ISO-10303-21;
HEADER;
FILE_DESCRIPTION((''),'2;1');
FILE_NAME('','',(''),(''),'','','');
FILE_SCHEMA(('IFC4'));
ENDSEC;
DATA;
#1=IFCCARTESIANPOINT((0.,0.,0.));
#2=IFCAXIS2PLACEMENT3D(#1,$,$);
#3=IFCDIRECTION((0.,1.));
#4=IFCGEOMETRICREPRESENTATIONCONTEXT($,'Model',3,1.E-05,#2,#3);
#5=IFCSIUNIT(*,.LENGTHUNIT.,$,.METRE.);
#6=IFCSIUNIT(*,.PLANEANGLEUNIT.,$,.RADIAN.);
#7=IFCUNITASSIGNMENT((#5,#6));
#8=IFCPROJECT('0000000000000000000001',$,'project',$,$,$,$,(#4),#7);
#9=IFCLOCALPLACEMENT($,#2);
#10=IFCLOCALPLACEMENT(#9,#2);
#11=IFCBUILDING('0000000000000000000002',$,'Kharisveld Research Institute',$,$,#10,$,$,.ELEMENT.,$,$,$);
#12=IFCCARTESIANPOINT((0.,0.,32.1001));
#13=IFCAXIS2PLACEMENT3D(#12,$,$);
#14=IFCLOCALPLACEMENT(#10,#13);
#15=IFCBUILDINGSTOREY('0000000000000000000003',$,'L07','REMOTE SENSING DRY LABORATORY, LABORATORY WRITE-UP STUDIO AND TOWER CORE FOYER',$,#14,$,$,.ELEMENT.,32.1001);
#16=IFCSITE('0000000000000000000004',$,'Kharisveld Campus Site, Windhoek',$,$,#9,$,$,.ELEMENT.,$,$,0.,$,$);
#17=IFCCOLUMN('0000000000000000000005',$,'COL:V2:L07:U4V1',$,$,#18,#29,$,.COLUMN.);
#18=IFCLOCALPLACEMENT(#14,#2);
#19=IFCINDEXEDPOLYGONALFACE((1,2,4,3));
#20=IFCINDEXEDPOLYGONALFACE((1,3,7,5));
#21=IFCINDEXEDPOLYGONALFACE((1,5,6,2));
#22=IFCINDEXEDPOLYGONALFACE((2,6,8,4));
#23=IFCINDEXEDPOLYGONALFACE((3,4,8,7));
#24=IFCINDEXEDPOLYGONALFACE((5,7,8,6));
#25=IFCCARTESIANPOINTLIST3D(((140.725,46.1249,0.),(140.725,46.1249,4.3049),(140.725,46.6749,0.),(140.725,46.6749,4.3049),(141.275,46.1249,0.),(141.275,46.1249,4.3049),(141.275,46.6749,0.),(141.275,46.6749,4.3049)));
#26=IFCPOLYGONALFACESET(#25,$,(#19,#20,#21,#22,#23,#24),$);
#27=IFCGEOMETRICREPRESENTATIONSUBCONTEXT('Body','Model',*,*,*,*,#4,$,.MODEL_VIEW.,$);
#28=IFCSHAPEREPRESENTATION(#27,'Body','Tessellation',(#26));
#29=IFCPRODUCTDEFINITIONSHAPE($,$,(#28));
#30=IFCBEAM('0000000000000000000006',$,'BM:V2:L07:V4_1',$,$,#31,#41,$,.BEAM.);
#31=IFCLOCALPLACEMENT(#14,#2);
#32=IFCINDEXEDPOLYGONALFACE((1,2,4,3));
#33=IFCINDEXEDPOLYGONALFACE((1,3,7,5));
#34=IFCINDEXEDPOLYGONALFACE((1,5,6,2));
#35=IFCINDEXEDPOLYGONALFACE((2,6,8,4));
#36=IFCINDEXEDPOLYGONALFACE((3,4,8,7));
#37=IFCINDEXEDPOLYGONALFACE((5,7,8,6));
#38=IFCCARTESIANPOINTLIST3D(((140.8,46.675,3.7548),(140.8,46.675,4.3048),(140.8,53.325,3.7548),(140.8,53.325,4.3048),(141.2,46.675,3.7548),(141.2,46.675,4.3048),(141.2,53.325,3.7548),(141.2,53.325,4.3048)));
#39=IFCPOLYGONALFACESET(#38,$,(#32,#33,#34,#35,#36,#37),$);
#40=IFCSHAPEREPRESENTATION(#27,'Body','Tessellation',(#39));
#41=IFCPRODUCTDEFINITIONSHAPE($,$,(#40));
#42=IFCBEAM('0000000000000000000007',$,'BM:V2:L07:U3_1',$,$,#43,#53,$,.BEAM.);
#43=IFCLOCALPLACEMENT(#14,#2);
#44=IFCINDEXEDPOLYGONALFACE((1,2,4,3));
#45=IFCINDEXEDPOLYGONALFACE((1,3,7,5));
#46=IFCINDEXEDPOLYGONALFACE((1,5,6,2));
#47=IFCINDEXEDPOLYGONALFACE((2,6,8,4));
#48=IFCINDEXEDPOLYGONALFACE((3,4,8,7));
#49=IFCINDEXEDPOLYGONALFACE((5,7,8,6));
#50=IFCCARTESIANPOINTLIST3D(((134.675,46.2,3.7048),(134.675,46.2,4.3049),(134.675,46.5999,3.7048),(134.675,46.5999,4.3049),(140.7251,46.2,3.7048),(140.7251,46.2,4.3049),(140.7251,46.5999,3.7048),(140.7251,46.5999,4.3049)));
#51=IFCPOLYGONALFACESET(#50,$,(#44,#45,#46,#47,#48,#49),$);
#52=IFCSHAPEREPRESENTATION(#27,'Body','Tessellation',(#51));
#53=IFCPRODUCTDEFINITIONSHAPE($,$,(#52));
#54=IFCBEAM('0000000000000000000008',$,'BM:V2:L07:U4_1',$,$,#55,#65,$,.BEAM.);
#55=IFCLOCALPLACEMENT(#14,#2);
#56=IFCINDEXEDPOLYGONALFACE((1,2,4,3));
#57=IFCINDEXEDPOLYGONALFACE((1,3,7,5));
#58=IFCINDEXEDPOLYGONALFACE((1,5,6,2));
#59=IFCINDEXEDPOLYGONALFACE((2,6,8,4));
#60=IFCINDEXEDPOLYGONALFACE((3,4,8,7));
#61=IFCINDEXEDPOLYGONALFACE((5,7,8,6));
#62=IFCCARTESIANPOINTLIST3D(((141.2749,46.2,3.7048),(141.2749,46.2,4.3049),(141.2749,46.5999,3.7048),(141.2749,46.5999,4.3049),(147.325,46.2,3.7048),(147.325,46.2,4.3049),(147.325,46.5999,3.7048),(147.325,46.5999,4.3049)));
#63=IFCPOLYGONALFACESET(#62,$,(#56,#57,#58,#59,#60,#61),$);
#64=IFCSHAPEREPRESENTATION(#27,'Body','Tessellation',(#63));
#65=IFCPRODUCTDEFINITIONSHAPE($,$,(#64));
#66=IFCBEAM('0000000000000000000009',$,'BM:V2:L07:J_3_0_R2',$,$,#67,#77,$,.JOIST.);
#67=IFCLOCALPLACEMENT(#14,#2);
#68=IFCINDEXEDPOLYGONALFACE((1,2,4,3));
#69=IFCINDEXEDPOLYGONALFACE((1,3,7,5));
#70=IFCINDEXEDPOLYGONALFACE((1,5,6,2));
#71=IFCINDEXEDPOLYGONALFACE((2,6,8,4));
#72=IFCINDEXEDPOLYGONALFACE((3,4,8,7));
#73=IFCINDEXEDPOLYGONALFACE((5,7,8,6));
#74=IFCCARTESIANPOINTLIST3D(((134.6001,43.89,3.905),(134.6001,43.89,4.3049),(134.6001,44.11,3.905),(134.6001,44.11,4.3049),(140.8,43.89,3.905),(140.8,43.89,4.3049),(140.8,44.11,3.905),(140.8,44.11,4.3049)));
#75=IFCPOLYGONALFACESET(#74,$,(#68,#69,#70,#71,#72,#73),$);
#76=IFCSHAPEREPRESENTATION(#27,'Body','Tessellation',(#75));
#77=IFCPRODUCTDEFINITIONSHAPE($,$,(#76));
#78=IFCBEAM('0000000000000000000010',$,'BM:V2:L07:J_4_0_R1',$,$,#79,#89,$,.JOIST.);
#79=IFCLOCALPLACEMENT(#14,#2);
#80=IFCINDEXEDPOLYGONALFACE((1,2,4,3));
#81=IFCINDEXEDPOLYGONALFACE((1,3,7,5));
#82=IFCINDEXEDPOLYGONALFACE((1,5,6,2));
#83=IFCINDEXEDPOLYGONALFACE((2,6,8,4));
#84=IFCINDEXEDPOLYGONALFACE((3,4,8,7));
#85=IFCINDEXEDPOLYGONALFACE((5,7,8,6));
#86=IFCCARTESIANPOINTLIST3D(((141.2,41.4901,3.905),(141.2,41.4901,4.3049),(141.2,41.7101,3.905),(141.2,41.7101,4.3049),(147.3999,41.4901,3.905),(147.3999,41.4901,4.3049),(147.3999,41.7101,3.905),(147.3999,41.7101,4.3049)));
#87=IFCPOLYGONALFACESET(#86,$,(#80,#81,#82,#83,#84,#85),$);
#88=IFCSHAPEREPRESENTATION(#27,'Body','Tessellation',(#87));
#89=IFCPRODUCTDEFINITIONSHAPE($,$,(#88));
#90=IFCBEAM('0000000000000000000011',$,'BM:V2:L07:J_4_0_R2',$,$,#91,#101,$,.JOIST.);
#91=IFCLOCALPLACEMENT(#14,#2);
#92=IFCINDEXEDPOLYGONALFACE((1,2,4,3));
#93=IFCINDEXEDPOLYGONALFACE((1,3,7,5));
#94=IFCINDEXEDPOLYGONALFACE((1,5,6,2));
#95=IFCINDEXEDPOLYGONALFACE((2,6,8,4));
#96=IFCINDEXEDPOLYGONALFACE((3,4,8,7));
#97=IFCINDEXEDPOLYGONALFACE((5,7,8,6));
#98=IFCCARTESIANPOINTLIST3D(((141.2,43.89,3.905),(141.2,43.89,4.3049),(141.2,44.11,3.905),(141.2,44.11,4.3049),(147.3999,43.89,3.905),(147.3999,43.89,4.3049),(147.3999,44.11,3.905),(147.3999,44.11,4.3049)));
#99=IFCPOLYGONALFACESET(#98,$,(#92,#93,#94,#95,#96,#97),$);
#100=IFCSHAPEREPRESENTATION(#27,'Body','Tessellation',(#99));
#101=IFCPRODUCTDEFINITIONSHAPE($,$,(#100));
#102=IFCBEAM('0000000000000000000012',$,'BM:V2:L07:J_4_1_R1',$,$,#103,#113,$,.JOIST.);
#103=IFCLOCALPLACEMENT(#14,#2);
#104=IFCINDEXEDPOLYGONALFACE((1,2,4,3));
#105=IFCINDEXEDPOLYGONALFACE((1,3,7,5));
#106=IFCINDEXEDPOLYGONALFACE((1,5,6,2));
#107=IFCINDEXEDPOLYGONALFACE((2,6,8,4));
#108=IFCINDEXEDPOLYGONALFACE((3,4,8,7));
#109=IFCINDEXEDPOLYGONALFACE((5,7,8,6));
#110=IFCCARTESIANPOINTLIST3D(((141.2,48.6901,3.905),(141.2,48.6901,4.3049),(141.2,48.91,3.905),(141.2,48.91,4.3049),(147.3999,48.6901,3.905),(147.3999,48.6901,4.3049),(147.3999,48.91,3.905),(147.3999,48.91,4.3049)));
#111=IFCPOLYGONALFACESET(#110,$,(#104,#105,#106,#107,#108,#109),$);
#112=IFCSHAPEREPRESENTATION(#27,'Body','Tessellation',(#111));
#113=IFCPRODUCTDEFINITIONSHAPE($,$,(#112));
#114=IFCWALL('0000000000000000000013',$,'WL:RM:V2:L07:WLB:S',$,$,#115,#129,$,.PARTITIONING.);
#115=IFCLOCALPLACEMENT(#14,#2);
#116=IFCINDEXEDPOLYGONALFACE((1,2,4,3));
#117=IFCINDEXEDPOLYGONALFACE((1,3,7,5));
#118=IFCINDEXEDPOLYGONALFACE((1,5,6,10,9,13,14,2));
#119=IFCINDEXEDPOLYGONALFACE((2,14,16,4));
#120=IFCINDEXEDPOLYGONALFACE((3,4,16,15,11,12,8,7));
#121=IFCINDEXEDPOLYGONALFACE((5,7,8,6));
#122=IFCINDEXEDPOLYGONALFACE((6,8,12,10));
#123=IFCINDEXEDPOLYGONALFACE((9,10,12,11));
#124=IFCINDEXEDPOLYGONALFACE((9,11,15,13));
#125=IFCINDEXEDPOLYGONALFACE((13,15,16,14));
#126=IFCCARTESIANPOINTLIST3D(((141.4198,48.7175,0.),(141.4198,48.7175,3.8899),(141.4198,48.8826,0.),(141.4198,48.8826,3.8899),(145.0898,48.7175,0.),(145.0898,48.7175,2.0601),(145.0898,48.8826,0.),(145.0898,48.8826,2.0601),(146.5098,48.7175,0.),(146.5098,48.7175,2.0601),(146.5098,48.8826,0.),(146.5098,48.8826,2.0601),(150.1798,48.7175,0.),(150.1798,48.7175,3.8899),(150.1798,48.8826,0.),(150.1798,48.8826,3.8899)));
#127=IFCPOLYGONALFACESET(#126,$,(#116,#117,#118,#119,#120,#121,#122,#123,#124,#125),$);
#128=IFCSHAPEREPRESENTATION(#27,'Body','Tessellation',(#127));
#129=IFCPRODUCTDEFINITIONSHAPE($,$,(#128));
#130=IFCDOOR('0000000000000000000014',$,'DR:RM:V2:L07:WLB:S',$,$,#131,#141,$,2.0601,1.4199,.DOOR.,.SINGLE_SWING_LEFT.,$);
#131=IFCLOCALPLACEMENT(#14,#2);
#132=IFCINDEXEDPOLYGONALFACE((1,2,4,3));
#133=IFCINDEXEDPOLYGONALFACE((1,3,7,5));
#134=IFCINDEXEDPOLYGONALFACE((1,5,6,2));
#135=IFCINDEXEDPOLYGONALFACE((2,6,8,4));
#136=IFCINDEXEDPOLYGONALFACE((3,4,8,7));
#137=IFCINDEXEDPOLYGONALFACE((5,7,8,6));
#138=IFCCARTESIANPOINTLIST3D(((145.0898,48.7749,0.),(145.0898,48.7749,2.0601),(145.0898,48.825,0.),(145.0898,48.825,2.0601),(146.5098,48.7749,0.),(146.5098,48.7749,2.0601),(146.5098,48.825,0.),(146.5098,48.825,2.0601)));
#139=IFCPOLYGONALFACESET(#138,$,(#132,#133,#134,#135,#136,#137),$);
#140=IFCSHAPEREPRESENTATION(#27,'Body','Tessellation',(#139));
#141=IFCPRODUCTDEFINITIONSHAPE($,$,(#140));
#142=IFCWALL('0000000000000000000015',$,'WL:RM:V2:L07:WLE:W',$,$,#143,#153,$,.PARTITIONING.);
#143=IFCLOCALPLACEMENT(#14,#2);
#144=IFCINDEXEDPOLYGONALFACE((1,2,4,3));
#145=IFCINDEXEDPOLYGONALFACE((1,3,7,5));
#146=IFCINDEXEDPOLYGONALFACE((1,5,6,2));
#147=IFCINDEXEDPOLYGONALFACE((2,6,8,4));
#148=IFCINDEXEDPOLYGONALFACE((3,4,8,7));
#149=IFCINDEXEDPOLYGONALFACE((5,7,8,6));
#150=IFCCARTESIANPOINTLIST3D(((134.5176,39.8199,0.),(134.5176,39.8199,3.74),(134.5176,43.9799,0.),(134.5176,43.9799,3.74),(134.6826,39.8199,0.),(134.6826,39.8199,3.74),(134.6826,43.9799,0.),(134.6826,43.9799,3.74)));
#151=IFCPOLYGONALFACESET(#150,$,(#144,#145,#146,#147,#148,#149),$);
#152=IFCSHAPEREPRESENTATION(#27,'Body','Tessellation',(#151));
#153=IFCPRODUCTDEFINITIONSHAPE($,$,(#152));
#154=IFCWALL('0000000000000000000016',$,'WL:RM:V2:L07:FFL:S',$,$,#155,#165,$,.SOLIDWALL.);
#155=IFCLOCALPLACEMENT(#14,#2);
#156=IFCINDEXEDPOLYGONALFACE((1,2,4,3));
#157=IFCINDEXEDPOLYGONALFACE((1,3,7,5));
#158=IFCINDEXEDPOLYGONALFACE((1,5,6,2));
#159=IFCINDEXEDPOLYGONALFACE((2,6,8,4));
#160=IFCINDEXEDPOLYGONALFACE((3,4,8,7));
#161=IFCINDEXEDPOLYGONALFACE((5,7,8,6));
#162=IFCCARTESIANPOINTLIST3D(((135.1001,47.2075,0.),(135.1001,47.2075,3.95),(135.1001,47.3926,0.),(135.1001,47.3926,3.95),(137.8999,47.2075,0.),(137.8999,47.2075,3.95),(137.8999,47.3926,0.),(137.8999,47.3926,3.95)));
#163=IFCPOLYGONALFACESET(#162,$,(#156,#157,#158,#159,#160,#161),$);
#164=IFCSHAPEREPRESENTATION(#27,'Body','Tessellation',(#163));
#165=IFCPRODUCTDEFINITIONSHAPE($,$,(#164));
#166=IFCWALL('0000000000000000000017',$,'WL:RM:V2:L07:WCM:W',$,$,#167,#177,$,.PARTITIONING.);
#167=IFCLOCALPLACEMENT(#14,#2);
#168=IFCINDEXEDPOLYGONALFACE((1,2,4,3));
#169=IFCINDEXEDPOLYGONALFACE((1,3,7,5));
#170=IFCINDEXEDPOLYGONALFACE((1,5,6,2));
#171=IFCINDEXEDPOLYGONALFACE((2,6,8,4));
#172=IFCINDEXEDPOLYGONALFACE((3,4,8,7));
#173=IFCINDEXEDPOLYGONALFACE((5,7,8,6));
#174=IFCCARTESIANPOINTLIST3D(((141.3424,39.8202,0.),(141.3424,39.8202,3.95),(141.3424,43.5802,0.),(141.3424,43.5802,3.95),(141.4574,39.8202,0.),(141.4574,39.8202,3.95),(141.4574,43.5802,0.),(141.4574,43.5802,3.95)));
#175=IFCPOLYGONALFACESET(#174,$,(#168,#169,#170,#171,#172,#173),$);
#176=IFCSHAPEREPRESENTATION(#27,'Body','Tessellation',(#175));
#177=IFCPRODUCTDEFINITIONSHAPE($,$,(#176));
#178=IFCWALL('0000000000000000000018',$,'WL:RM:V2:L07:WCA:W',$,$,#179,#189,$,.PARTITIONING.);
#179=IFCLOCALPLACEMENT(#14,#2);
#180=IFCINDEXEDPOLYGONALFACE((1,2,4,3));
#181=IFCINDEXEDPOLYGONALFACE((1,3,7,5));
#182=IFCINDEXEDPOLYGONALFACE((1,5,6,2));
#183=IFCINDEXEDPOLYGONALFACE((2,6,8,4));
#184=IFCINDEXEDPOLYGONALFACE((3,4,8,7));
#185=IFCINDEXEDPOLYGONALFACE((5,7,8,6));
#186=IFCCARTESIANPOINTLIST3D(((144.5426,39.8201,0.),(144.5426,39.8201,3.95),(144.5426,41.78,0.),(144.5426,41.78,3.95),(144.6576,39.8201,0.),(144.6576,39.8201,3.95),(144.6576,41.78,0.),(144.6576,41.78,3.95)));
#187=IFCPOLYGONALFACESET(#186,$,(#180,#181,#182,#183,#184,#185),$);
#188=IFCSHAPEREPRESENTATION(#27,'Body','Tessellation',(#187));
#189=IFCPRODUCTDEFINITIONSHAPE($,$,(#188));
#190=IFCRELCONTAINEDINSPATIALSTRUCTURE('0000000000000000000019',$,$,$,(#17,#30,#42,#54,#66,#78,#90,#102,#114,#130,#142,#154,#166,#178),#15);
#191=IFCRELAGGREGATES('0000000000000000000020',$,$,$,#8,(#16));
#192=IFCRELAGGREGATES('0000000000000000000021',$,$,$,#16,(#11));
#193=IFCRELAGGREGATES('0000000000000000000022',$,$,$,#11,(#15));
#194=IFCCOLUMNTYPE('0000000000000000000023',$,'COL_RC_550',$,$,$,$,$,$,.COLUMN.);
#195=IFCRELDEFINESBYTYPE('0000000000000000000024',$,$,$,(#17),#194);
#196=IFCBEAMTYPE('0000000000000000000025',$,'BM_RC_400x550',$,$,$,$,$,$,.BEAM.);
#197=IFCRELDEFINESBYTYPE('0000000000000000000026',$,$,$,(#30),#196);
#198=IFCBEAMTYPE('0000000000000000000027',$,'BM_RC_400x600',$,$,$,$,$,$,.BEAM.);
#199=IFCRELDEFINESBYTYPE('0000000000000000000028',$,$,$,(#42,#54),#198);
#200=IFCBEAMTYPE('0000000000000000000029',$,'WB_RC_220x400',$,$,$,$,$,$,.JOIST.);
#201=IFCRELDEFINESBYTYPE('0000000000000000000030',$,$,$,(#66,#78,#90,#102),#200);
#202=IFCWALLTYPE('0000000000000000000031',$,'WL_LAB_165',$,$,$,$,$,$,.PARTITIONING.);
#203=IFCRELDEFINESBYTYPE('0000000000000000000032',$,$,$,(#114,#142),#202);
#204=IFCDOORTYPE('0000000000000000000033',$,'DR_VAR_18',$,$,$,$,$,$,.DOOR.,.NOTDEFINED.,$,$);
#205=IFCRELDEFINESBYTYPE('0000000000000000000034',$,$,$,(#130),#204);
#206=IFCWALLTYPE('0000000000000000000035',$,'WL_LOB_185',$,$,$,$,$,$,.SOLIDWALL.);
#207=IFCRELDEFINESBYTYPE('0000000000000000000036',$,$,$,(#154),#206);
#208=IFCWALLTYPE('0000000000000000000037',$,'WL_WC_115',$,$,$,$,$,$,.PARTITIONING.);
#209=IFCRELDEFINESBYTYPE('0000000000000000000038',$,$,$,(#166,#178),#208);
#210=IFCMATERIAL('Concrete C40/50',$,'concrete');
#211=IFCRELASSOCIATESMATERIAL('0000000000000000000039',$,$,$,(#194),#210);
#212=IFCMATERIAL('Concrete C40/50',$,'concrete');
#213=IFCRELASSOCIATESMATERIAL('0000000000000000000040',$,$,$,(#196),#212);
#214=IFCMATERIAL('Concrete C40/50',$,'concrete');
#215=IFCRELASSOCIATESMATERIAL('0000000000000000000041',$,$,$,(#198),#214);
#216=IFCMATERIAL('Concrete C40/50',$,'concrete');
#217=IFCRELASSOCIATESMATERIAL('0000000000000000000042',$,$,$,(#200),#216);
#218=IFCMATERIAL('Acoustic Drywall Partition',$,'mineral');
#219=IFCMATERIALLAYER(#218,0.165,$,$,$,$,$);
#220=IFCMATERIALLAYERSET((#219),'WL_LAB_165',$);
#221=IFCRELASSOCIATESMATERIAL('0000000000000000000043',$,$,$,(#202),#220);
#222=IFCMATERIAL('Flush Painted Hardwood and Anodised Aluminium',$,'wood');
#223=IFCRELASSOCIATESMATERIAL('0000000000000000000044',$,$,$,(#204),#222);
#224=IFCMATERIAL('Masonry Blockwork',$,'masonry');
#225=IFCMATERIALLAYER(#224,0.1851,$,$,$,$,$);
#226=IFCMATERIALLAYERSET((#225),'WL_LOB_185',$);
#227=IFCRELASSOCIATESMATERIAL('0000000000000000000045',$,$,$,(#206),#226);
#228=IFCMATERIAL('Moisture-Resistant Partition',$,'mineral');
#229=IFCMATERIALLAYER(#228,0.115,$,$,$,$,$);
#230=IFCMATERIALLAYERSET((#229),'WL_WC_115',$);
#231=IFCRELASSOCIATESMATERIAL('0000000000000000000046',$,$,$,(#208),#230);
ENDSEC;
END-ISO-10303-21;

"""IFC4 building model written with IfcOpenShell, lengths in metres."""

from ifc_helpers import new_model, si_unit, direction, frame, frame_2d, origin, origin_2d, place, context, subcontext, project, spatial, rectangle, extrude, material, layer, layer_set, material_profile, profile_set, type_object, element, fill, save


model = new_model("IFC4")

# Units and contexts
model_context = context("Model", 3, precision=1e-05, world=origin(), true_north=direction((0.0, 1.0)))
body_context = subcontext(model_context, "Body", "Model", "MODEL_VIEW")
ifc_project = project(units=[si_unit("LENGTHUNIT", "METRE"), si_unit("PLANEANGLEUNIT", "RADIAN")], contexts=[model_context])

# Site, building, storey
site_placement = place(None, origin())
site = spatial("IfcSite", under=ifc_project, at=site_placement, Name="Kharisveld Campus Site, Windhoek", CompositionType="ELEMENT", RefElevation=0.0)
building_placement = place(site_placement, origin())
building = spatial("IfcBuilding", under=site, at=building_placement, Name="Kharisveld Research Institute", CompositionType="ELEMENT")
storey_placement = place(building_placement, frame((0.0, 0.0, 32.1001)))
storey = spatial("IfcBuildingStorey", under=building, at=storey_placement, Name="L07", Description="REMOTE SENSING DRY LABORATORY, LABORATORY WRITE-UP STUDIO AND TOWER CORE FOYER", CompositionType="ELEMENT", Elevation=32.1001)

# Column
ifc_material_1 = material(Name="Concrete C40/50", Category="concrete")
ifc_material_profile_1 = material_profile(ifc_material_1, rectangle(XDim=0.55, YDim=0.55, at=origin_2d()))
ifc_profile_set_1 = profile_set([ifc_material_profile_1], Name="Concrete C40/50")
column_type = type_object("IfcColumnType", Name="COL_RC_550", PredefinedType="COLUMN", material=ifc_profile_set_1)
column_placement = place(storey_placement, frame((141.0, 46.3999, 0.0), z_axis=(0.0, 0.0, 1.0), x_axis=(1.0, 0.0, 0.0)))
element("IfcColumn", 1, at=column_placement, inside=storey, type_object=column_type, Name="COL:V2:L07:U4V1", PredefinedType="COLUMN", context=body_context, shape_type="SweptSolid", body=[
    extrude(rectangle(XDim=0.55, YDim=0.55, at=origin_2d()), origin(), (0.0, 0.0, 1.0), 4.3049),
])

# Beams
ifc_material_2 = material(Name="Concrete C40/50", Category="concrete")
ifc_material_profile_2 = material_profile(ifc_material_2, rectangle(XDim=0.3999, YDim=0.55, at=origin_2d()))
ifc_profile_set_2 = profile_set([ifc_material_profile_2], Name="Concrete C40/50")
beam_type_1 = type_object("IfcBeamType", Name="BM_RC_400x550", PredefinedType="BEAM", material=ifc_profile_set_2)
beam_placement = place(storey_placement, frame((141.0, 46.675, 4.0298), z_axis=(0.0, 1.0, 0.0), x_axis=(-1.0, 0.0, 0.0)))
element("IfcBeam", 2, at=beam_placement, inside=storey, type_object=beam_type_1, Name="BM:V2:L07:V4_1", PredefinedType="BEAM", context=body_context, shape_type="SweptSolid", body=[
    extrude(rectangle(XDim=0.3999, YDim=0.55, at=origin_2d()), origin(), (0.0, 0.0, 1.0), 6.6499),
])
ifc_material_3 = material(Name="Concrete C40/50", Category="concrete")
ifc_material_profile_3 = material_profile(ifc_material_3, rectangle(XDim=0.3999, YDim=0.6001, at=origin_2d()))
ifc_profile_set_3 = profile_set([ifc_material_profile_3], Name="Concrete C40/50")
beam_type_2 = type_object("IfcBeamType", Name="BM_RC_400x600", PredefinedType="BEAM", material=ifc_profile_set_3)
for number, where, z_axis, x_axis, name in (
    (3, (134.675, 46.3999, 4.0049), (1.0, 0.0, 0.0), (0.0, 1.0, 0.0), "BM:V2:L07:U3_1"),
    (4, (141.2749, 46.3999, 4.0049), (1.0, 0.0, 0.0), (0.0, 1.0, 0.0), "BM:V2:L07:U4_1"),
):
    element("IfcBeam", number, at=place(storey_placement, frame(where, z_axis=z_axis, x_axis=x_axis)), inside=storey, type_object=beam_type_2, Name=name, PredefinedType="BEAM", context=body_context, shape_type="SweptSolid", body=[
        extrude(rectangle(XDim=0.3999, YDim=0.6001, at=origin_2d()), origin(), (0.0, 0.0, 1.0), 6.05),
    ])
ifc_material_4 = material(Name="Concrete C40/50", Category="concrete")
ifc_material_profile_4 = material_profile(ifc_material_4, rectangle(XDim=0.22, YDim=0.3999, at=origin_2d()))
ifc_profile_set_4 = profile_set([ifc_material_profile_4], Name="Concrete C40/50")
beam_type_3 = type_object("IfcBeamType", Name="WB_RC_220x400", PredefinedType="JOIST", material=ifc_profile_set_4)
for number, where, z_axis, x_axis, name in (
    (5, (134.6001, 44.0, 4.105), (1.0, 0.0, 0.0), (0.0, 1.0, 0.0), "BM:V2:L07:J_3_0_R2"),
    (6, (141.2, 41.6001, 4.105), (1.0, 0.0, 0.0), (0.0, 1.0, 0.0), "BM:V2:L07:J_4_0_R1"),
    (7, (141.2, 44.0, 4.105), (1.0, 0.0, 0.0), (0.0, 1.0, 0.0), "BM:V2:L07:J_4_0_R2"),
    (8, (141.2, 48.8, 4.105), (1.0, 0.0, 0.0), (0.0, 1.0, 0.0), "BM:V2:L07:J_4_1_R1"),
):
    element("IfcBeam", number, at=place(storey_placement, frame(where, z_axis=z_axis, x_axis=x_axis)), inside=storey, type_object=beam_type_3, Name=name, PredefinedType="JOIST", context=body_context, shape_type="SweptSolid", body=[
        extrude(rectangle(XDim=0.22, YDim=0.3999, at=origin_2d()), origin(), (0.0, 0.0, 1.0), 6.2),
    ])

# Wall, opening, door
ifc_material_5 = material(Name="Acoustic Drywall Partition", Category="mineral")
ifc_layer_1 = layer(ifc_material_5, 0.165)
ifc_layer_set_1 = layer_set([ifc_layer_1], Name="WL_LAB_165")
wall_type_1 = type_object("IfcWallType", Name="WL_LAB_165", PredefinedType="PARTITIONING", material=ifc_layer_set_1)
wall_1_placement = place(storey_placement, frame((141.4199, 48.8, 0.0), z_axis=(0.0, 0.0, 1.0), x_axis=(1.0, 0.0, 0.0)))
wall_1 = element("IfcWall", 9, at=wall_1_placement, inside=storey, type_object=wall_type_1, Name="WL:RM:V2:L07:WLB:S", PredefinedType="PARTITIONING", context=body_context, shape_type="SweptSolid", body=[
    extrude(rectangle(XDim=8.76, YDim=0.165, at=frame_2d((4.3799, 0.0))), origin(), (0.0, 0.0, 1.0), 3.8899),
])
opening_1_placement = place(wall_1_placement, frame((3.6699, 0.0, 0.0)))
opening_1 = element("IfcOpeningElement", 10, at=opening_1_placement, cuts=wall_1, PredefinedType="OPENING", context=body_context, shape_type="SweptSolid", body=[
    extrude(rectangle(XDim=1.4199, YDim=2.0601, at=frame_2d((0.71, 1.03))), frame((0.0, 0.0825, 0.0), z_axis=(0.0, -1.0, 0.0), x_axis=(1.0, 0.0, 0.0)), (0.0, 0.0, 1.0), 0.165),
])
ifc_material_6 = material(Name="Flush Painted Hardwood and Anodised Aluminium", Category="wood")
door_type_1 = type_object("IfcDoorType", Name="DR_VAR_18", OperationType="NOTDEFINED", PredefinedType="DOOR", material=ifc_material_6)
door_1_placement = place(opening_1_placement, origin())
door_1 = element("IfcDoor", 11, at=door_1_placement, inside=storey, type_object=door_type_1, Name="DR:RM:V2:L07:WLB:S", OperationType="SINGLE_SWING_LEFT", OverallHeight=2.0601, OverallWidth=1.4199, PredefinedType="DOOR", context=body_context, shape_type="SweptSolid", body=[
    extrude(rectangle(XDim=1.4199, YDim=2.0601, at=frame_2d((0.71, 1.03))), frame((0.0, 0.0249, 0.0), z_axis=(0.0, -1.0, 0.0), x_axis=(1.0, 0.0, 0.0)), (0.0, 0.0, 1.0), 0.05),
])
fill(opening_1, door_1)

# Walls
wall_2_placement = place(storey_placement, frame((134.6001, 43.98, 0.0), z_axis=(0.0, 0.0, 1.0), x_axis=(0.0, -1.0, 0.0)))
element("IfcWall", 12, at=wall_2_placement, inside=storey, type_object=wall_type_1, Name="WL:RM:V2:L07:WLE:W", PredefinedType="PARTITIONING", context=body_context, shape_type="SweptSolid", body=[
    extrude(rectangle(XDim=4.1599, YDim=0.165, at=frame_2d((2.0801, 0.0))), origin(), (0.0, 0.0, 1.0), 3.74),
])
ifc_material_7 = material(Name="Masonry Blockwork", Category="masonry")
ifc_layer_2 = layer(ifc_material_7, 0.1851)
ifc_layer_set_2 = layer_set([ifc_layer_2], Name="WL_LOB_185")
wall_type_2 = type_object("IfcWallType", Name="WL_LOB_185", PredefinedType="SOLIDWALL", material=ifc_layer_set_2)
wall_3_placement = place(storey_placement, frame((135.1001, 47.3, 0.0), z_axis=(0.0, 0.0, 1.0), x_axis=(1.0, 0.0, 0.0)))
element("IfcWall", 13, at=wall_3_placement, inside=storey, type_object=wall_type_2, Name="WL:RM:V2:L07:FFL:S", PredefinedType="SOLIDWALL", context=body_context, shape_type="SweptSolid", body=[
    extrude(rectangle(XDim=2.7998, YDim=0.1851, at=frame_2d((1.3999, 0.0))), origin(), (0.0, 0.0, 1.0), 3.95),
])

# Shared definitions
ifc_material_8 = material(Name="Moisture-Resistant Partition", Category="mineral")
ifc_layer_3 = layer(ifc_material_8, 0.115)
ifc_layer_set_3 = layer_set([ifc_layer_3], Name="WL_WC_115")
wall_type_3 = type_object("IfcWallType", Name="WL_WC_115", PredefinedType="PARTITIONING", material=ifc_layer_set_3)

# Walls
wall_4_placement = place(storey_placement, frame((141.3999, 43.5801, 0.0), z_axis=(0.0, 0.0, 1.0), x_axis=(0.0, -1.0, 0.0)))
element("IfcWall", 14, at=wall_4_placement, inside=storey, type_object=wall_type_3, Name="WL:RM:V2:L07:WCM:W", PredefinedType="PARTITIONING", context=body_context, shape_type="SweptSolid", body=[
    extrude(rectangle(XDim=3.76, YDim=0.115, at=frame_2d((1.8799, 0.0))), origin(), (0.0, 0.0, 1.0), 3.95),
])
wall_5_placement = place(storey_placement, frame((144.6001, 41.78, 0.0), z_axis=(0.0, 0.0, 1.0), x_axis=(0.0, -1.0, 0.0)))
element("IfcWall", 15, at=wall_5_placement, inside=storey, type_object=wall_type_3, Name="WL:RM:V2:L07:WCA:W", PredefinedType="PARTITIONING", context=body_context, shape_type="SweptSolid", body=[
    extrude(rectangle(XDim=1.96, YDim=0.115, at=frame_2d((0.98, 0.0))), origin(), (0.0, 0.0, 1.0), 3.95),
])

save(model, "model.ifc")
